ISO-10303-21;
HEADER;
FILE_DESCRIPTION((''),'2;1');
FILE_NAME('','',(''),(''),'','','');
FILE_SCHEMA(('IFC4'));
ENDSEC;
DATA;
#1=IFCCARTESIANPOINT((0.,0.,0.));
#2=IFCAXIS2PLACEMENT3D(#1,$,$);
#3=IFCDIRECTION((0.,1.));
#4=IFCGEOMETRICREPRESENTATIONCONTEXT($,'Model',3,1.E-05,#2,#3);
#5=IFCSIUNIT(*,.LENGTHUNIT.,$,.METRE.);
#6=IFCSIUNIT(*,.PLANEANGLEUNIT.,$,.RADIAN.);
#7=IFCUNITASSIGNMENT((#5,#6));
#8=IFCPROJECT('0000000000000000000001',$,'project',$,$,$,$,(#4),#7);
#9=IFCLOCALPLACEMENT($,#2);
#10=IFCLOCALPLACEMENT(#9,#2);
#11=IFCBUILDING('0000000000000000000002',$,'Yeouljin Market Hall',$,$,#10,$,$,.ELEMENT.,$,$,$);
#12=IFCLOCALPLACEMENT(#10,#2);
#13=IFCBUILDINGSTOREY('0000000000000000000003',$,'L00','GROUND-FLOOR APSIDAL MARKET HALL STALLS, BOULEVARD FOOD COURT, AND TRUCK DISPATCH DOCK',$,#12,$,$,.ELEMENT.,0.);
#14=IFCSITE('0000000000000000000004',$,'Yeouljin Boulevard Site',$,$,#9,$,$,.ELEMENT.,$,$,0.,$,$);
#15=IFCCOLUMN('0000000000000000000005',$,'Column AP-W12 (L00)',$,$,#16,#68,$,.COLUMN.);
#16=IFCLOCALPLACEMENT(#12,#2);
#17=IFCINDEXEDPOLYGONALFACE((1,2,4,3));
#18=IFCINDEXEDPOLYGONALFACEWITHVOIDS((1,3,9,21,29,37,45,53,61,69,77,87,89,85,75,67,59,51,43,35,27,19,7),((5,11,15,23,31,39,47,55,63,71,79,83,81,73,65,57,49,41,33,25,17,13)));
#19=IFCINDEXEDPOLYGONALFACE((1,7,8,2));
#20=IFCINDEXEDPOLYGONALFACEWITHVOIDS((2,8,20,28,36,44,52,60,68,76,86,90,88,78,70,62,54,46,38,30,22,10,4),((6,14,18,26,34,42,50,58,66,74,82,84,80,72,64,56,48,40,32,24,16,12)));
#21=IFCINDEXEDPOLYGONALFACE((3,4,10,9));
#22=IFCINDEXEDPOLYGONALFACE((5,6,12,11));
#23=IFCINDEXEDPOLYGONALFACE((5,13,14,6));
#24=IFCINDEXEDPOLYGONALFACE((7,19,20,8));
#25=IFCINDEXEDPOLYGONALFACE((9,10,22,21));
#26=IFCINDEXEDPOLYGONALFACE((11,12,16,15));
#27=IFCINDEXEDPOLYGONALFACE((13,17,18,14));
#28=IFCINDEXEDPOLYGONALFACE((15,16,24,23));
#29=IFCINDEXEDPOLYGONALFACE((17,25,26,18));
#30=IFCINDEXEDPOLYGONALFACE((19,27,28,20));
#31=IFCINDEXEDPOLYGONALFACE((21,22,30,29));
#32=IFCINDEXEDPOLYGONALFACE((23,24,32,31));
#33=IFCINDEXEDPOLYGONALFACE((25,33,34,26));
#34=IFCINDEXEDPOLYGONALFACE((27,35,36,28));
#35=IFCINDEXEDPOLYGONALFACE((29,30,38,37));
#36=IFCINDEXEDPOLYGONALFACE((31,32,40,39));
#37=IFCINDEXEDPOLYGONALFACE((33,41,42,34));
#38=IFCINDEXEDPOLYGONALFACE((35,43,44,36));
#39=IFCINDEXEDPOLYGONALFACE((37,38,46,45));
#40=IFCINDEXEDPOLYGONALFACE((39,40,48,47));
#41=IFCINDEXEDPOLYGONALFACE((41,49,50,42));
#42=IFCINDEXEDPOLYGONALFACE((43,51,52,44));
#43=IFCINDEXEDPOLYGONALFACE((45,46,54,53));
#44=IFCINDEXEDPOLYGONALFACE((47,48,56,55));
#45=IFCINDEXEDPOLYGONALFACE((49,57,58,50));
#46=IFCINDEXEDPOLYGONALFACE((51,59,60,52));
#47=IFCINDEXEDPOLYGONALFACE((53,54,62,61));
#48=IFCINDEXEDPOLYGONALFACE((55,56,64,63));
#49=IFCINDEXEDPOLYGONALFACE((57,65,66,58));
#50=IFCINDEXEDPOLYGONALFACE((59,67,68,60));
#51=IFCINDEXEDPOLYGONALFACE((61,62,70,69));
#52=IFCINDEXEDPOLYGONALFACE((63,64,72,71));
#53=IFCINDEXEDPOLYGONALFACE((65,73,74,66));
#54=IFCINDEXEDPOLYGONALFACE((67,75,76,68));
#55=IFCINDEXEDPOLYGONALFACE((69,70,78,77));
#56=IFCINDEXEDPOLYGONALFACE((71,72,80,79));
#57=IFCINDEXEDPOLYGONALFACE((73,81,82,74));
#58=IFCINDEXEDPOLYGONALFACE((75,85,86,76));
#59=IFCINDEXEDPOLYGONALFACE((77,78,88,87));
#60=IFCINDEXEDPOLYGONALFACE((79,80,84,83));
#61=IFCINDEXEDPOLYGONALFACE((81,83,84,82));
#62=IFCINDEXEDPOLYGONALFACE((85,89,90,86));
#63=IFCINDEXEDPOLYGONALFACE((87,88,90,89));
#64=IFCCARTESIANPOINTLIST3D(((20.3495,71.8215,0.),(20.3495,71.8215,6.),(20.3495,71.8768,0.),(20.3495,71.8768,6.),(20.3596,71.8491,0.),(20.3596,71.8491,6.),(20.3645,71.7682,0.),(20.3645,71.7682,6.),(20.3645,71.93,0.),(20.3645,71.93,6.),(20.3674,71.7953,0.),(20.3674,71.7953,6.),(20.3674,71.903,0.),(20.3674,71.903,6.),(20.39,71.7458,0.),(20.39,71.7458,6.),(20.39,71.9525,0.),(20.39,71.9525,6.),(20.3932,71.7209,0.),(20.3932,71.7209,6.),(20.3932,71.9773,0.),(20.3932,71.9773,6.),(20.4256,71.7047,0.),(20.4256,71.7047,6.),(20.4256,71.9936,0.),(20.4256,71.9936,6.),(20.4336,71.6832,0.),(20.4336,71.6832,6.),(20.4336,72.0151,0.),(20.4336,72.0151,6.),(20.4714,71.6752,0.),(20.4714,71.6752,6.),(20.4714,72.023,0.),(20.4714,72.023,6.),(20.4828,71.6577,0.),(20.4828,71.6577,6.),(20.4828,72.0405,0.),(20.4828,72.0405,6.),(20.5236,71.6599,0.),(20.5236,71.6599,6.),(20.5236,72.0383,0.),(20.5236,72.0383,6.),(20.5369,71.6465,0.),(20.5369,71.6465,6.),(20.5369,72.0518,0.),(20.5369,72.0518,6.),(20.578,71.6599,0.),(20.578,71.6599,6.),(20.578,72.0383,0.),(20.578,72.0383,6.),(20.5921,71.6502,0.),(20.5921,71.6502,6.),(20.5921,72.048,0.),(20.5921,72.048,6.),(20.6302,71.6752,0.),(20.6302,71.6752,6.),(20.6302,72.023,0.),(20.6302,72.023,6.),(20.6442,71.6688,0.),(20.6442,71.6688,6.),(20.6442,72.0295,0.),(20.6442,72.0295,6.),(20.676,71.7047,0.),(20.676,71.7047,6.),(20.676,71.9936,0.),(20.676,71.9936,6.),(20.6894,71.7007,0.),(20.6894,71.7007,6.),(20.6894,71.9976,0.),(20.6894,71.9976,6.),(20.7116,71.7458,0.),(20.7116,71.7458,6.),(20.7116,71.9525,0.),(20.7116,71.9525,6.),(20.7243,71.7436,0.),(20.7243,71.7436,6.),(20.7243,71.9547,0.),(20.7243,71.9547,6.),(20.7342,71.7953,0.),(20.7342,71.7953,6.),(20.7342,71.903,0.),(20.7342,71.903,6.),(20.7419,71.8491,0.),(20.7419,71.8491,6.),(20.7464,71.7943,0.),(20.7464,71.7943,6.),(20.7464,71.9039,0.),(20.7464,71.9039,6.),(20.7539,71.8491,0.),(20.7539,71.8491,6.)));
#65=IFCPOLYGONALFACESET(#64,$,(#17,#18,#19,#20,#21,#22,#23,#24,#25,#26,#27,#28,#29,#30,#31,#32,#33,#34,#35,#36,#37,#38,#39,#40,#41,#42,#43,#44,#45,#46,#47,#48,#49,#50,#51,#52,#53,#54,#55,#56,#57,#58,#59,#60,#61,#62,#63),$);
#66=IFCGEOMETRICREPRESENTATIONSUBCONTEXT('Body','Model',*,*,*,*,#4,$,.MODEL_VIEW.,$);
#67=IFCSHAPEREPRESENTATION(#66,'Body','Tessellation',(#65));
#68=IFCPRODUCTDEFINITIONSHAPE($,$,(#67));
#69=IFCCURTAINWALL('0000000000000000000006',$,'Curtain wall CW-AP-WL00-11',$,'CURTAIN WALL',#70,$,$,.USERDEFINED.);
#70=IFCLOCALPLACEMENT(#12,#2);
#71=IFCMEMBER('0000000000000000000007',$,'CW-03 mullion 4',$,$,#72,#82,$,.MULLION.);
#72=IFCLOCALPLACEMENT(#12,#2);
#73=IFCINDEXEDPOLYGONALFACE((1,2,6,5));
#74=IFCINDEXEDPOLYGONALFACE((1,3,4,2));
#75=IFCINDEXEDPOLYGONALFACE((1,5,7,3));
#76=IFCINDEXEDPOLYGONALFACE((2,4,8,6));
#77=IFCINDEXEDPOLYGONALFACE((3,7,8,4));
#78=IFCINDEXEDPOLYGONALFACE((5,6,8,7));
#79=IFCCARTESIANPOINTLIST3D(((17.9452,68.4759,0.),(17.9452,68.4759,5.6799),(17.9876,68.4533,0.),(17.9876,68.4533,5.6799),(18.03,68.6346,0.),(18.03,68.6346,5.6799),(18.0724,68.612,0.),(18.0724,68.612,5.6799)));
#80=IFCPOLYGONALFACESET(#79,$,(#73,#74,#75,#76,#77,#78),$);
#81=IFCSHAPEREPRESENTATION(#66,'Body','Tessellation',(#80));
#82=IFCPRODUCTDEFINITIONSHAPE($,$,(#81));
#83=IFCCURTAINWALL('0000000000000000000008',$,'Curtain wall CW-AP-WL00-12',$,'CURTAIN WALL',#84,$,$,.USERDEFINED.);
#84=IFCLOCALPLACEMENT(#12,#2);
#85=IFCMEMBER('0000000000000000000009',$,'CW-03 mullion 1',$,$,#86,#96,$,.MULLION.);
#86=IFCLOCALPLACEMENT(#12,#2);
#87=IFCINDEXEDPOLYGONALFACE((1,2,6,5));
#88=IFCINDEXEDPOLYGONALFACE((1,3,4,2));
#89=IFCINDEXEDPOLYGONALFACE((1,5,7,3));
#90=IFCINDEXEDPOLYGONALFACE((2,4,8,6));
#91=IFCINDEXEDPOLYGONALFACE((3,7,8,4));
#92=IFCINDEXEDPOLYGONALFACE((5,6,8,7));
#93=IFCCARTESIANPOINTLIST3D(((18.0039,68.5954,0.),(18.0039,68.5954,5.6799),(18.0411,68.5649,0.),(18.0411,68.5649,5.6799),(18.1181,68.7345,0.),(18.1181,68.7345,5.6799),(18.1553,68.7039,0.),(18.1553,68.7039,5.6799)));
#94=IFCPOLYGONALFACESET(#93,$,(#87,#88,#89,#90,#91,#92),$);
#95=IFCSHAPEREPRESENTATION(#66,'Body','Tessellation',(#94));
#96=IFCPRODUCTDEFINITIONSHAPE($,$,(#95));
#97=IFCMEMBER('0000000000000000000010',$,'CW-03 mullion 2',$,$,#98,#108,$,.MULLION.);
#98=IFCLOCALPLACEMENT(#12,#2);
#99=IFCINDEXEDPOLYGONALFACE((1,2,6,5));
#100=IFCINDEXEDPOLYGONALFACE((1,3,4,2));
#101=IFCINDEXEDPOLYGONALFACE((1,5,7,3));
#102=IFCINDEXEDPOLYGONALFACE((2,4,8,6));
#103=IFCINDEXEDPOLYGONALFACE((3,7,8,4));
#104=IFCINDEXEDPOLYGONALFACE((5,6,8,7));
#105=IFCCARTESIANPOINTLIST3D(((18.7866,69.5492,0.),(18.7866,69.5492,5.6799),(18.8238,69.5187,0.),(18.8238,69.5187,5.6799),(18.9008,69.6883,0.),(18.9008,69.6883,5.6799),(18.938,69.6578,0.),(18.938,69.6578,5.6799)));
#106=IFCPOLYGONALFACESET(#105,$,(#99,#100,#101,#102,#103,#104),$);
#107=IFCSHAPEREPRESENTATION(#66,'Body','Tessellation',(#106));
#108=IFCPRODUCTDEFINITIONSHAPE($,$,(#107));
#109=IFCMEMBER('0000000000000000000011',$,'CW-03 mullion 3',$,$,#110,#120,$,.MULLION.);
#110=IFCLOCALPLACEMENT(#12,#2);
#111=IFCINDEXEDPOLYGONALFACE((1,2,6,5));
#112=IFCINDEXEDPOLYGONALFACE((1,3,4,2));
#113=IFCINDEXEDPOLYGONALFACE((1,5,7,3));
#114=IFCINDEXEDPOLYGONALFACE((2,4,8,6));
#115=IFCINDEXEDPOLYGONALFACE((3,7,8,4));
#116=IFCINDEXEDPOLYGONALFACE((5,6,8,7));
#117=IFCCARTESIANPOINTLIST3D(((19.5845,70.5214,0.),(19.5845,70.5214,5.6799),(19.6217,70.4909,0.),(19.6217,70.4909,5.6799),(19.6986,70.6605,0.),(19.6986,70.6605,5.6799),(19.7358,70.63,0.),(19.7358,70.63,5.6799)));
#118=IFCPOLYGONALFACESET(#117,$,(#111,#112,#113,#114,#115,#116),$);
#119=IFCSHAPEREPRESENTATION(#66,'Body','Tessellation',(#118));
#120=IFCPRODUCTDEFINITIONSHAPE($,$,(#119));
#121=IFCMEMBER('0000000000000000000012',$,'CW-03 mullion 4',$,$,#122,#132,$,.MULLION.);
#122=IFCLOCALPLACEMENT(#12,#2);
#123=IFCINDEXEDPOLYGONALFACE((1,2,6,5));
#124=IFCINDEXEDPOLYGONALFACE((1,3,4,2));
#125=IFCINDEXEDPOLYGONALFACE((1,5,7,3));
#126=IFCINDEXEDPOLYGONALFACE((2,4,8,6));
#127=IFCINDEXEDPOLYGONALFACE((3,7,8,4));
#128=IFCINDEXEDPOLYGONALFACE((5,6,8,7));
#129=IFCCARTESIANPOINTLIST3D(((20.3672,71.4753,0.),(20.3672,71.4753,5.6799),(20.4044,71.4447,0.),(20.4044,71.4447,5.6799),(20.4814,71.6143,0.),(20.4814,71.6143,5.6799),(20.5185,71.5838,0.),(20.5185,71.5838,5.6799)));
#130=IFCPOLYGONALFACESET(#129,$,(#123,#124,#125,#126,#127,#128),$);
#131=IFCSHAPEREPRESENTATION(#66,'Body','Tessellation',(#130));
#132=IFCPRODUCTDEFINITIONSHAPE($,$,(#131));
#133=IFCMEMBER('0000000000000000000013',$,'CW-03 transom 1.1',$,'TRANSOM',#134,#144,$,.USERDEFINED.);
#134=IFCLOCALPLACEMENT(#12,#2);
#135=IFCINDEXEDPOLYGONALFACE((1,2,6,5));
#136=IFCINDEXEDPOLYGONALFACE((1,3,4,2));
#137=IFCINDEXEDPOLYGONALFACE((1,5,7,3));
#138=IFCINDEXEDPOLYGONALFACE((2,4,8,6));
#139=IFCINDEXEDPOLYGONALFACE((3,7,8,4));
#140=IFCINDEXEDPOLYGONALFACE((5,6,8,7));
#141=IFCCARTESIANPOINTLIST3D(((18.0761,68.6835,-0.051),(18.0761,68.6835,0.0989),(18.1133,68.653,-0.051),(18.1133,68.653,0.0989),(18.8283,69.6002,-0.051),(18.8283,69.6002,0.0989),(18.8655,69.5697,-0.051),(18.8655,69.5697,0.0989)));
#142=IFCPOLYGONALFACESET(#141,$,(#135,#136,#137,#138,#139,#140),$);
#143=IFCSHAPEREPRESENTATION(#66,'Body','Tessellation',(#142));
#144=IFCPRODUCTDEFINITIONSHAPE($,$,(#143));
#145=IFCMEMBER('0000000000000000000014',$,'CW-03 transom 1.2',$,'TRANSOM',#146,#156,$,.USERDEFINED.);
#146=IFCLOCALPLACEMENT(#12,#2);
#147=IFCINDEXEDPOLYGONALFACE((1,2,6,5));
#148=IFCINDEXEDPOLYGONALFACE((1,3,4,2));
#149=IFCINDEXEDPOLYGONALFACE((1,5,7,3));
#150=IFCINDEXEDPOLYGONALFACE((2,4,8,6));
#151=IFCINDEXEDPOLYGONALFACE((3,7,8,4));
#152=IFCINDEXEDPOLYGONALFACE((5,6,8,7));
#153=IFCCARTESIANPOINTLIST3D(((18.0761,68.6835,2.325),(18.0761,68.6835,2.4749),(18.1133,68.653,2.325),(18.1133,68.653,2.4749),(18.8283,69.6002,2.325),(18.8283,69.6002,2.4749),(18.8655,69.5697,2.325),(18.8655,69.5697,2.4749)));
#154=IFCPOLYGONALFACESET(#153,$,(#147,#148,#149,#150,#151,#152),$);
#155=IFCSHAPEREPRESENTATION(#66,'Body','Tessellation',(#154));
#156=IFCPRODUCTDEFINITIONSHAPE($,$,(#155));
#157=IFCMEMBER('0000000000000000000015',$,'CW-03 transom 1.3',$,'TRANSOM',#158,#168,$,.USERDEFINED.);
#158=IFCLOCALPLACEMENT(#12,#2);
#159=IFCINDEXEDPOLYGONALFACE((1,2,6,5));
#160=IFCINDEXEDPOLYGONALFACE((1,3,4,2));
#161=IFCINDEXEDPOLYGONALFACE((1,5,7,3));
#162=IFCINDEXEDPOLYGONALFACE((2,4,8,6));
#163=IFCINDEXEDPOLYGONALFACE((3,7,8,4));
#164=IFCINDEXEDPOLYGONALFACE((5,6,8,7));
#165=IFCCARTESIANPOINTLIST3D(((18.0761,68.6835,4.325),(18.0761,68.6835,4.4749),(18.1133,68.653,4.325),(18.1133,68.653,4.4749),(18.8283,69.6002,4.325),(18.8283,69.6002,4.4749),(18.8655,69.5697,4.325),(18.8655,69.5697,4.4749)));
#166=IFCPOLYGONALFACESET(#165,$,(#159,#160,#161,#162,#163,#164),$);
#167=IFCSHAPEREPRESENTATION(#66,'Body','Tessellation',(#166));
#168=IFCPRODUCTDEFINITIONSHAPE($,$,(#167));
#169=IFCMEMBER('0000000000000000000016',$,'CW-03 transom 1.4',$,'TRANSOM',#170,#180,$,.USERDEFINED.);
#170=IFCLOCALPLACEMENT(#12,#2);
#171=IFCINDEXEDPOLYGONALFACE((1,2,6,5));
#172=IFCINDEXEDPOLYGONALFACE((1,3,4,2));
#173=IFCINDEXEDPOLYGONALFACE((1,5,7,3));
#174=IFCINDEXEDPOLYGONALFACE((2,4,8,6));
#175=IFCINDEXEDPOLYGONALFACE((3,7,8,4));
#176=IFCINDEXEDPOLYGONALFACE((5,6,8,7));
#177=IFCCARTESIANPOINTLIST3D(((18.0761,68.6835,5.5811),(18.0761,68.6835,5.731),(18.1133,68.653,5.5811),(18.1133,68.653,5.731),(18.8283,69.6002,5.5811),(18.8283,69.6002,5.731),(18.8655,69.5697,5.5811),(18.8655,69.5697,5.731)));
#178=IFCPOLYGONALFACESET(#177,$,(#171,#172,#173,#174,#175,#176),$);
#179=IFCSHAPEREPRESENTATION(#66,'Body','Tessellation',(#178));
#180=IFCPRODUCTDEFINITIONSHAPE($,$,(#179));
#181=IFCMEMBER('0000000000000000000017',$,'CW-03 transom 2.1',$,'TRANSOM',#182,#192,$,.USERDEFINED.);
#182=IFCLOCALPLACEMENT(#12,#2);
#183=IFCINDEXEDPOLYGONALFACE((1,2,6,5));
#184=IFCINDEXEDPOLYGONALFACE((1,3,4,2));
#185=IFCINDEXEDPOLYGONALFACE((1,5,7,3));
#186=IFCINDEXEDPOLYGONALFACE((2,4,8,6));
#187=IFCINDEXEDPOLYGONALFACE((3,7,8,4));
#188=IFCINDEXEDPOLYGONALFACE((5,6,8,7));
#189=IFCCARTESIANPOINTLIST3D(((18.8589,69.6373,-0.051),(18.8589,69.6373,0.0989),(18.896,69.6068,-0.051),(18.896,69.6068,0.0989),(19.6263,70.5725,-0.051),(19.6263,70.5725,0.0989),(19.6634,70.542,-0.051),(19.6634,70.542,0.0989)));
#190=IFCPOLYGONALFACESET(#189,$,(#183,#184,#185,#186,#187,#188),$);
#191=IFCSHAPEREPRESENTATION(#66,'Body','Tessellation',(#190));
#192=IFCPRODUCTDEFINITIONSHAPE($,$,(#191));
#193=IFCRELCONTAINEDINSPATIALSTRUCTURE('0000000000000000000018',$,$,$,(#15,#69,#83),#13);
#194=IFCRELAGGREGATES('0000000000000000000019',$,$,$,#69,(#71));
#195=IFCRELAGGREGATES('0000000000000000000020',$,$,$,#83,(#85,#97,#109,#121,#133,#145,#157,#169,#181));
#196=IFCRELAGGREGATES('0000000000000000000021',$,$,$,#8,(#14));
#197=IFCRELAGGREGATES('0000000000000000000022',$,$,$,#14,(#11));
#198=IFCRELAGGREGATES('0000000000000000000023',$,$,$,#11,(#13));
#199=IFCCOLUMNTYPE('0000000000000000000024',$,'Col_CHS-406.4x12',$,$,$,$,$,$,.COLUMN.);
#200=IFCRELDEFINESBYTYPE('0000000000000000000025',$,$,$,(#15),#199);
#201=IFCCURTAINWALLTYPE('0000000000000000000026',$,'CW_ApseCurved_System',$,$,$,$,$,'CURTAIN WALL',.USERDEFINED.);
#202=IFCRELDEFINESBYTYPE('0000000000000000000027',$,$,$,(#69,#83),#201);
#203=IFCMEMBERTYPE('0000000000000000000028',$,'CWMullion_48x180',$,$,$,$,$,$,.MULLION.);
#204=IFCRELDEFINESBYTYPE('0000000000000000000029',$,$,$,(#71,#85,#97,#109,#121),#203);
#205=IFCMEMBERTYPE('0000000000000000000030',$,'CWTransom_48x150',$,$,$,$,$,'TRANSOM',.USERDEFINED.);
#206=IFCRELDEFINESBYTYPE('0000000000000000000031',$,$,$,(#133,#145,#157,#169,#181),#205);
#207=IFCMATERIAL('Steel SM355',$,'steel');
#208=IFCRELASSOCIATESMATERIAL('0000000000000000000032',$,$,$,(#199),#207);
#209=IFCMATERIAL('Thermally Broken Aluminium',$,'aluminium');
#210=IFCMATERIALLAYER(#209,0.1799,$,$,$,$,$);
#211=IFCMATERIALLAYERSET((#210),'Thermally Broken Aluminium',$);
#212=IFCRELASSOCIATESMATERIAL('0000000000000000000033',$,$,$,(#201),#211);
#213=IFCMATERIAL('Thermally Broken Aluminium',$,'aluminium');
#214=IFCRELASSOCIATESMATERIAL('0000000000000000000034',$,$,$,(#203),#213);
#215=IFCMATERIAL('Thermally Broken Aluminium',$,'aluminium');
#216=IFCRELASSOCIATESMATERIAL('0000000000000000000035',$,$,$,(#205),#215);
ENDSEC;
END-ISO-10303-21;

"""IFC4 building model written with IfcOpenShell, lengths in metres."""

from ifc_helpers import new_model, si_unit, direction, frame, origin, origin_2d, place, context, subcontext, project, spatial, rectangle, hollow_circle, extrude, material, layer, layer_set, material_profile, profile_set, type_object, element, aggregate, save


model = new_model("IFC4")

# Units and contexts
model_context = context("Model", 3, precision=1e-05, world=origin(), true_north=direction((0.0, 1.0)))
body_context = subcontext(model_context, "Body", "Model", "MODEL_VIEW")
ifc_project = project(units=[si_unit("LENGTHUNIT", "METRE"), si_unit("PLANEANGLEUNIT", "RADIAN")], contexts=[model_context])

# Site, building, storey
site_placement = place(None, origin())
site = spatial("IfcSite", under=ifc_project, at=site_placement, Name="Yeouljin Boulevard Site", CompositionType="ELEMENT", RefElevation=0.0)
building_placement = place(site_placement, origin())
building = spatial("IfcBuilding", under=site, at=building_placement, Name="Yeouljin Market Hall", CompositionType="ELEMENT")
storey_placement = place(building_placement, origin())
storey = spatial("IfcBuildingStorey", under=building, at=storey_placement, Name="L00", Description="GROUND-FLOOR APSIDAL MARKET HALL STALLS, BOULEVARD FOOD COURT, AND TRUCK DISPATCH DOCK", CompositionType="ELEMENT", Elevation=0.0)

# Column
ifc_material_1 = material(Name="Steel SM355", Category="steel")
ifc_material_profile_1 = material_profile(ifc_material_1, hollow_circle(Radius=0.2031, WallThickness=0.012, at=origin_2d()), Name="CHS-406.4x12")
ifc_profile_set_1 = profile_set([ifc_material_profile_1], Name="Steel SM355")
column_type = type_object("IfcColumnType", Name="Col_CHS-406.4x12", PredefinedType="COLUMN", material=ifc_profile_set_1)
column_placement = place(storey_placement, frame((20.5508, 71.8491, 0.0), z_axis=(0.0, 0.0, 1.0), x_axis=(1.0, 0.0, 0.0)))
element("IfcColumn", 1, at=column_placement, inside=storey, type_object=column_type, Name="Column AP-W12 (L00)", PredefinedType="COLUMN", context=body_context, shape_type="SweptSolid", body=[
    extrude(hollow_circle(Radius=0.2031, WallThickness=0.012, at=origin_2d()), origin(), (0.0, 0.0, 1.0), 6.0),
])

# Curtain wall, member
ifc_material_2 = material(Name="Thermally Broken Aluminium", Category="aluminium")
ifc_layer_1 = layer(ifc_material_2, 0.1799)
ifc_layer_set_1 = layer_set([ifc_layer_1], Name="Thermally Broken Aluminium")
curtain_wall_type = type_object("IfcCurtainWallType", Name="CW_ApseCurved_System", ElementType="CURTAIN WALL", PredefinedType="USERDEFINED", material=ifc_layer_set_1)
curtain_wall_1_placement = place(storey_placement, origin())
curtain_wall_1 = element("IfcCurtainWall", 2, at=curtain_wall_1_placement, inside=storey, type_object=curtain_wall_type, Name="Curtain wall CW-AP-WL00-11", ObjectType="CURTAIN WALL", PredefinedType="USERDEFINED")
ifc_material_3 = material(Name="Thermally Broken Aluminium", Category="aluminium")
ifc_material_profile_2 = material_profile(ifc_material_3, rectangle(XDim=0.0481, YDim=0.1799, at=origin_2d()), Name="CW-MULL-48x180")
ifc_profile_set_2 = profile_set([ifc_material_profile_2], Name="Thermally Broken Aluminium")
member_type_1 = type_object("IfcMemberType", Name="CWMullion_48x180", PredefinedType="MULLION", material=ifc_profile_set_2)
member_1_placement = place(storey_placement, frame((18.0088, 68.5439, 0.0), z_axis=(0.0, 0.0, 1.0), x_axis=(-0.881931, 0.471378, 0.0)))
member_1 = element("IfcMember", 3, at=member_1_placement, type_object=member_type_1, Name="CW-03 mullion 4", PredefinedType="MULLION", context=body_context, shape_type="SweptSolid", body=[
    extrude(rectangle(XDim=0.0481, YDim=0.1799, at=origin_2d()), origin(), (0.0, 0.0, 1.0), 5.6799),
])

# Curtain wall, members
curtain_wall_2_placement = place(storey_placement, origin())
curtain_wall_2 = element("IfcCurtainWall", 4, at=curtain_wall_2_placement, inside=storey, type_object=curtain_wall_type, Name="Curtain wall CW-AP-WL00-12", ObjectType="CURTAIN WALL", PredefinedType="USERDEFINED")
member_2_placement = place(storey_placement, frame((18.0796, 68.6497, 0.0), z_axis=(0.0, 0.0, 1.0), x_axis=(-0.773018, 0.634384, 0.0)))
member_2 = element("IfcMember", 5, at=member_2_placement, type_object=member_type_1, Name="CW-03 mullion 1", PredefinedType="MULLION", context=body_context, shape_type="SweptSolid", body=[
    extrude(rectangle(XDim=0.0481, YDim=0.1799, at=origin_2d()), origin(), (0.0, 0.0, 1.0), 5.6799),
])
member_3_placement = place(storey_placement, frame((18.8623, 69.6035, 0.0), z_axis=(0.0, 0.0, 1.0), x_axis=(-0.773018, 0.634384, 0.0)))
member_3 = element("IfcMember", 6, at=member_3_placement, type_object=member_type_1, Name="CW-03 mullion 2", PredefinedType="MULLION", context=body_context, shape_type="SweptSolid", body=[
    extrude(rectangle(XDim=0.0481, YDim=0.1799, at=origin_2d()), origin(), (0.0, 0.0, 1.0), 5.6799),
])
member_4_placement = place(storey_placement, frame((19.6602, 70.5757, 0.0), z_axis=(0.0, 0.0, 1.0), x_axis=(-0.773018, 0.634384, 0.0)))
member_4 = element("IfcMember", 7, at=member_4_placement, type_object=member_type_1, Name="CW-03 mullion 3", PredefinedType="MULLION", context=body_context, shape_type="SweptSolid", body=[
    extrude(rectangle(XDim=0.0481, YDim=0.1799, at=origin_2d()), origin(), (0.0, 0.0, 1.0), 5.6799),
])
member_5_placement = place(storey_placement, frame((20.4429, 71.5295, 0.0), z_axis=(0.0, 0.0, 1.0), x_axis=(-0.773018, 0.634384, 0.0)))
member_5 = element("IfcMember", 8, at=member_5_placement, type_object=member_type_1, Name="CW-03 mullion 4", PredefinedType="MULLION", context=body_context, shape_type="SweptSolid", body=[
    extrude(rectangle(XDim=0.0481, YDim=0.1799, at=origin_2d()), origin(), (0.0, 0.0, 1.0), 5.6799),
])
ifc_material_4 = material(Name="Thermally Broken Aluminium", Category="aluminium")
ifc_material_profile_3 = material_profile(ifc_material_4, rectangle(XDim=0.0481, YDim=0.1499, at=origin_2d()), Name="CW-TRAN-48x150")
ifc_profile_set_3 = profile_set([ifc_material_profile_3], Name="Thermally Broken Aluminium")
member_type_2 = type_object("IfcMemberType", Name="CWTransom_48x150", ElementType="TRANSOM", PredefinedType="USERDEFINED", material=ifc_profile_set_3)
member_6_placement = place(storey_placement, frame((18.0947, 68.6682, 0.0239), z_axis=(0.634313, 0.773076, 0.0), x_axis=(-0.773076, 0.634313, 0.0)))
member_6 = element("IfcMember", 9, at=member_6_placement, type_object=member_type_2, Name="CW-03 transom 1.1", ObjectType="TRANSOM", PredefinedType="USERDEFINED", context=body_context, shape_type="SweptSolid", body=[
    extrude(rectangle(XDim=0.0481, YDim=0.1499, at=origin_2d()), origin(), (0.0, 0.0, 1.0), 1.1858),
])
member_7_placement = place(storey_placement, frame((18.0947, 68.6682, 2.3999), z_axis=(0.634313, 0.773076, 0.0), x_axis=(-0.773076, 0.634313, 0.0)))
member_7 = element("IfcMember", 10, at=member_7_placement, type_object=member_type_2, Name="CW-03 transom 1.2", ObjectType="TRANSOM", PredefinedType="USERDEFINED", context=body_context, shape_type="SweptSolid", body=[
    extrude(rectangle(XDim=0.0481, YDim=0.1499, at=origin_2d()), origin(), (0.0, 0.0, 1.0), 1.1858),
])
member_8_placement = place(storey_placement, frame((18.0947, 68.6682, 4.3999), z_axis=(0.634313, 0.773076, 0.0), x_axis=(-0.773076, 0.634313, 0.0)))
member_8 = element("IfcMember", 11, at=member_8_placement, type_object=member_type_2, Name="CW-03 transom 1.3", ObjectType="TRANSOM", PredefinedType="USERDEFINED", context=body_context, shape_type="SweptSolid", body=[
    extrude(rectangle(XDim=0.0481, YDim=0.1499, at=origin_2d()), origin(), (0.0, 0.0, 1.0), 1.1858),
])
member_9_placement = place(storey_placement, frame((18.0947, 68.6682, 5.656), z_axis=(0.634313, 0.773076, 0.0), x_axis=(-0.773076, 0.634313, 0.0)))
member_9 = element("IfcMember", 12, at=member_9_placement, type_object=member_type_2, Name="CW-03 transom 1.4", ObjectType="TRANSOM", PredefinedType="USERDEFINED", context=body_context, shape_type="SweptSolid", body=[
    extrude(rectangle(XDim=0.0481, YDim=0.1499, at=origin_2d()), origin(), (0.0, 0.0, 1.0), 1.1858),
])
member_10_placement = place(storey_placement, frame((18.8774, 69.6221, 0.0239), z_axis=(0.634369, 0.77303, 0.0), x_axis=(-0.77303, 0.634369, 0.0)))
member_10 = element("IfcMember", 13, at=member_10_placement, type_object=member_type_2, Name="CW-03 transom 2.1", ObjectType="TRANSOM", PredefinedType="USERDEFINED", context=body_context, shape_type="SweptSolid", body=[
    extrude(rectangle(XDim=0.0481, YDim=0.1499, at=origin_2d()), origin(), (0.0, 0.0, 1.0), 1.2097),
])

aggregate(curtain_wall_1, [member_1])
aggregate(curtain_wall_2, [member_2, member_3, member_4, member_5, member_6, member_7, member_8, member_9, member_10])

save(model, "model.ifc")
